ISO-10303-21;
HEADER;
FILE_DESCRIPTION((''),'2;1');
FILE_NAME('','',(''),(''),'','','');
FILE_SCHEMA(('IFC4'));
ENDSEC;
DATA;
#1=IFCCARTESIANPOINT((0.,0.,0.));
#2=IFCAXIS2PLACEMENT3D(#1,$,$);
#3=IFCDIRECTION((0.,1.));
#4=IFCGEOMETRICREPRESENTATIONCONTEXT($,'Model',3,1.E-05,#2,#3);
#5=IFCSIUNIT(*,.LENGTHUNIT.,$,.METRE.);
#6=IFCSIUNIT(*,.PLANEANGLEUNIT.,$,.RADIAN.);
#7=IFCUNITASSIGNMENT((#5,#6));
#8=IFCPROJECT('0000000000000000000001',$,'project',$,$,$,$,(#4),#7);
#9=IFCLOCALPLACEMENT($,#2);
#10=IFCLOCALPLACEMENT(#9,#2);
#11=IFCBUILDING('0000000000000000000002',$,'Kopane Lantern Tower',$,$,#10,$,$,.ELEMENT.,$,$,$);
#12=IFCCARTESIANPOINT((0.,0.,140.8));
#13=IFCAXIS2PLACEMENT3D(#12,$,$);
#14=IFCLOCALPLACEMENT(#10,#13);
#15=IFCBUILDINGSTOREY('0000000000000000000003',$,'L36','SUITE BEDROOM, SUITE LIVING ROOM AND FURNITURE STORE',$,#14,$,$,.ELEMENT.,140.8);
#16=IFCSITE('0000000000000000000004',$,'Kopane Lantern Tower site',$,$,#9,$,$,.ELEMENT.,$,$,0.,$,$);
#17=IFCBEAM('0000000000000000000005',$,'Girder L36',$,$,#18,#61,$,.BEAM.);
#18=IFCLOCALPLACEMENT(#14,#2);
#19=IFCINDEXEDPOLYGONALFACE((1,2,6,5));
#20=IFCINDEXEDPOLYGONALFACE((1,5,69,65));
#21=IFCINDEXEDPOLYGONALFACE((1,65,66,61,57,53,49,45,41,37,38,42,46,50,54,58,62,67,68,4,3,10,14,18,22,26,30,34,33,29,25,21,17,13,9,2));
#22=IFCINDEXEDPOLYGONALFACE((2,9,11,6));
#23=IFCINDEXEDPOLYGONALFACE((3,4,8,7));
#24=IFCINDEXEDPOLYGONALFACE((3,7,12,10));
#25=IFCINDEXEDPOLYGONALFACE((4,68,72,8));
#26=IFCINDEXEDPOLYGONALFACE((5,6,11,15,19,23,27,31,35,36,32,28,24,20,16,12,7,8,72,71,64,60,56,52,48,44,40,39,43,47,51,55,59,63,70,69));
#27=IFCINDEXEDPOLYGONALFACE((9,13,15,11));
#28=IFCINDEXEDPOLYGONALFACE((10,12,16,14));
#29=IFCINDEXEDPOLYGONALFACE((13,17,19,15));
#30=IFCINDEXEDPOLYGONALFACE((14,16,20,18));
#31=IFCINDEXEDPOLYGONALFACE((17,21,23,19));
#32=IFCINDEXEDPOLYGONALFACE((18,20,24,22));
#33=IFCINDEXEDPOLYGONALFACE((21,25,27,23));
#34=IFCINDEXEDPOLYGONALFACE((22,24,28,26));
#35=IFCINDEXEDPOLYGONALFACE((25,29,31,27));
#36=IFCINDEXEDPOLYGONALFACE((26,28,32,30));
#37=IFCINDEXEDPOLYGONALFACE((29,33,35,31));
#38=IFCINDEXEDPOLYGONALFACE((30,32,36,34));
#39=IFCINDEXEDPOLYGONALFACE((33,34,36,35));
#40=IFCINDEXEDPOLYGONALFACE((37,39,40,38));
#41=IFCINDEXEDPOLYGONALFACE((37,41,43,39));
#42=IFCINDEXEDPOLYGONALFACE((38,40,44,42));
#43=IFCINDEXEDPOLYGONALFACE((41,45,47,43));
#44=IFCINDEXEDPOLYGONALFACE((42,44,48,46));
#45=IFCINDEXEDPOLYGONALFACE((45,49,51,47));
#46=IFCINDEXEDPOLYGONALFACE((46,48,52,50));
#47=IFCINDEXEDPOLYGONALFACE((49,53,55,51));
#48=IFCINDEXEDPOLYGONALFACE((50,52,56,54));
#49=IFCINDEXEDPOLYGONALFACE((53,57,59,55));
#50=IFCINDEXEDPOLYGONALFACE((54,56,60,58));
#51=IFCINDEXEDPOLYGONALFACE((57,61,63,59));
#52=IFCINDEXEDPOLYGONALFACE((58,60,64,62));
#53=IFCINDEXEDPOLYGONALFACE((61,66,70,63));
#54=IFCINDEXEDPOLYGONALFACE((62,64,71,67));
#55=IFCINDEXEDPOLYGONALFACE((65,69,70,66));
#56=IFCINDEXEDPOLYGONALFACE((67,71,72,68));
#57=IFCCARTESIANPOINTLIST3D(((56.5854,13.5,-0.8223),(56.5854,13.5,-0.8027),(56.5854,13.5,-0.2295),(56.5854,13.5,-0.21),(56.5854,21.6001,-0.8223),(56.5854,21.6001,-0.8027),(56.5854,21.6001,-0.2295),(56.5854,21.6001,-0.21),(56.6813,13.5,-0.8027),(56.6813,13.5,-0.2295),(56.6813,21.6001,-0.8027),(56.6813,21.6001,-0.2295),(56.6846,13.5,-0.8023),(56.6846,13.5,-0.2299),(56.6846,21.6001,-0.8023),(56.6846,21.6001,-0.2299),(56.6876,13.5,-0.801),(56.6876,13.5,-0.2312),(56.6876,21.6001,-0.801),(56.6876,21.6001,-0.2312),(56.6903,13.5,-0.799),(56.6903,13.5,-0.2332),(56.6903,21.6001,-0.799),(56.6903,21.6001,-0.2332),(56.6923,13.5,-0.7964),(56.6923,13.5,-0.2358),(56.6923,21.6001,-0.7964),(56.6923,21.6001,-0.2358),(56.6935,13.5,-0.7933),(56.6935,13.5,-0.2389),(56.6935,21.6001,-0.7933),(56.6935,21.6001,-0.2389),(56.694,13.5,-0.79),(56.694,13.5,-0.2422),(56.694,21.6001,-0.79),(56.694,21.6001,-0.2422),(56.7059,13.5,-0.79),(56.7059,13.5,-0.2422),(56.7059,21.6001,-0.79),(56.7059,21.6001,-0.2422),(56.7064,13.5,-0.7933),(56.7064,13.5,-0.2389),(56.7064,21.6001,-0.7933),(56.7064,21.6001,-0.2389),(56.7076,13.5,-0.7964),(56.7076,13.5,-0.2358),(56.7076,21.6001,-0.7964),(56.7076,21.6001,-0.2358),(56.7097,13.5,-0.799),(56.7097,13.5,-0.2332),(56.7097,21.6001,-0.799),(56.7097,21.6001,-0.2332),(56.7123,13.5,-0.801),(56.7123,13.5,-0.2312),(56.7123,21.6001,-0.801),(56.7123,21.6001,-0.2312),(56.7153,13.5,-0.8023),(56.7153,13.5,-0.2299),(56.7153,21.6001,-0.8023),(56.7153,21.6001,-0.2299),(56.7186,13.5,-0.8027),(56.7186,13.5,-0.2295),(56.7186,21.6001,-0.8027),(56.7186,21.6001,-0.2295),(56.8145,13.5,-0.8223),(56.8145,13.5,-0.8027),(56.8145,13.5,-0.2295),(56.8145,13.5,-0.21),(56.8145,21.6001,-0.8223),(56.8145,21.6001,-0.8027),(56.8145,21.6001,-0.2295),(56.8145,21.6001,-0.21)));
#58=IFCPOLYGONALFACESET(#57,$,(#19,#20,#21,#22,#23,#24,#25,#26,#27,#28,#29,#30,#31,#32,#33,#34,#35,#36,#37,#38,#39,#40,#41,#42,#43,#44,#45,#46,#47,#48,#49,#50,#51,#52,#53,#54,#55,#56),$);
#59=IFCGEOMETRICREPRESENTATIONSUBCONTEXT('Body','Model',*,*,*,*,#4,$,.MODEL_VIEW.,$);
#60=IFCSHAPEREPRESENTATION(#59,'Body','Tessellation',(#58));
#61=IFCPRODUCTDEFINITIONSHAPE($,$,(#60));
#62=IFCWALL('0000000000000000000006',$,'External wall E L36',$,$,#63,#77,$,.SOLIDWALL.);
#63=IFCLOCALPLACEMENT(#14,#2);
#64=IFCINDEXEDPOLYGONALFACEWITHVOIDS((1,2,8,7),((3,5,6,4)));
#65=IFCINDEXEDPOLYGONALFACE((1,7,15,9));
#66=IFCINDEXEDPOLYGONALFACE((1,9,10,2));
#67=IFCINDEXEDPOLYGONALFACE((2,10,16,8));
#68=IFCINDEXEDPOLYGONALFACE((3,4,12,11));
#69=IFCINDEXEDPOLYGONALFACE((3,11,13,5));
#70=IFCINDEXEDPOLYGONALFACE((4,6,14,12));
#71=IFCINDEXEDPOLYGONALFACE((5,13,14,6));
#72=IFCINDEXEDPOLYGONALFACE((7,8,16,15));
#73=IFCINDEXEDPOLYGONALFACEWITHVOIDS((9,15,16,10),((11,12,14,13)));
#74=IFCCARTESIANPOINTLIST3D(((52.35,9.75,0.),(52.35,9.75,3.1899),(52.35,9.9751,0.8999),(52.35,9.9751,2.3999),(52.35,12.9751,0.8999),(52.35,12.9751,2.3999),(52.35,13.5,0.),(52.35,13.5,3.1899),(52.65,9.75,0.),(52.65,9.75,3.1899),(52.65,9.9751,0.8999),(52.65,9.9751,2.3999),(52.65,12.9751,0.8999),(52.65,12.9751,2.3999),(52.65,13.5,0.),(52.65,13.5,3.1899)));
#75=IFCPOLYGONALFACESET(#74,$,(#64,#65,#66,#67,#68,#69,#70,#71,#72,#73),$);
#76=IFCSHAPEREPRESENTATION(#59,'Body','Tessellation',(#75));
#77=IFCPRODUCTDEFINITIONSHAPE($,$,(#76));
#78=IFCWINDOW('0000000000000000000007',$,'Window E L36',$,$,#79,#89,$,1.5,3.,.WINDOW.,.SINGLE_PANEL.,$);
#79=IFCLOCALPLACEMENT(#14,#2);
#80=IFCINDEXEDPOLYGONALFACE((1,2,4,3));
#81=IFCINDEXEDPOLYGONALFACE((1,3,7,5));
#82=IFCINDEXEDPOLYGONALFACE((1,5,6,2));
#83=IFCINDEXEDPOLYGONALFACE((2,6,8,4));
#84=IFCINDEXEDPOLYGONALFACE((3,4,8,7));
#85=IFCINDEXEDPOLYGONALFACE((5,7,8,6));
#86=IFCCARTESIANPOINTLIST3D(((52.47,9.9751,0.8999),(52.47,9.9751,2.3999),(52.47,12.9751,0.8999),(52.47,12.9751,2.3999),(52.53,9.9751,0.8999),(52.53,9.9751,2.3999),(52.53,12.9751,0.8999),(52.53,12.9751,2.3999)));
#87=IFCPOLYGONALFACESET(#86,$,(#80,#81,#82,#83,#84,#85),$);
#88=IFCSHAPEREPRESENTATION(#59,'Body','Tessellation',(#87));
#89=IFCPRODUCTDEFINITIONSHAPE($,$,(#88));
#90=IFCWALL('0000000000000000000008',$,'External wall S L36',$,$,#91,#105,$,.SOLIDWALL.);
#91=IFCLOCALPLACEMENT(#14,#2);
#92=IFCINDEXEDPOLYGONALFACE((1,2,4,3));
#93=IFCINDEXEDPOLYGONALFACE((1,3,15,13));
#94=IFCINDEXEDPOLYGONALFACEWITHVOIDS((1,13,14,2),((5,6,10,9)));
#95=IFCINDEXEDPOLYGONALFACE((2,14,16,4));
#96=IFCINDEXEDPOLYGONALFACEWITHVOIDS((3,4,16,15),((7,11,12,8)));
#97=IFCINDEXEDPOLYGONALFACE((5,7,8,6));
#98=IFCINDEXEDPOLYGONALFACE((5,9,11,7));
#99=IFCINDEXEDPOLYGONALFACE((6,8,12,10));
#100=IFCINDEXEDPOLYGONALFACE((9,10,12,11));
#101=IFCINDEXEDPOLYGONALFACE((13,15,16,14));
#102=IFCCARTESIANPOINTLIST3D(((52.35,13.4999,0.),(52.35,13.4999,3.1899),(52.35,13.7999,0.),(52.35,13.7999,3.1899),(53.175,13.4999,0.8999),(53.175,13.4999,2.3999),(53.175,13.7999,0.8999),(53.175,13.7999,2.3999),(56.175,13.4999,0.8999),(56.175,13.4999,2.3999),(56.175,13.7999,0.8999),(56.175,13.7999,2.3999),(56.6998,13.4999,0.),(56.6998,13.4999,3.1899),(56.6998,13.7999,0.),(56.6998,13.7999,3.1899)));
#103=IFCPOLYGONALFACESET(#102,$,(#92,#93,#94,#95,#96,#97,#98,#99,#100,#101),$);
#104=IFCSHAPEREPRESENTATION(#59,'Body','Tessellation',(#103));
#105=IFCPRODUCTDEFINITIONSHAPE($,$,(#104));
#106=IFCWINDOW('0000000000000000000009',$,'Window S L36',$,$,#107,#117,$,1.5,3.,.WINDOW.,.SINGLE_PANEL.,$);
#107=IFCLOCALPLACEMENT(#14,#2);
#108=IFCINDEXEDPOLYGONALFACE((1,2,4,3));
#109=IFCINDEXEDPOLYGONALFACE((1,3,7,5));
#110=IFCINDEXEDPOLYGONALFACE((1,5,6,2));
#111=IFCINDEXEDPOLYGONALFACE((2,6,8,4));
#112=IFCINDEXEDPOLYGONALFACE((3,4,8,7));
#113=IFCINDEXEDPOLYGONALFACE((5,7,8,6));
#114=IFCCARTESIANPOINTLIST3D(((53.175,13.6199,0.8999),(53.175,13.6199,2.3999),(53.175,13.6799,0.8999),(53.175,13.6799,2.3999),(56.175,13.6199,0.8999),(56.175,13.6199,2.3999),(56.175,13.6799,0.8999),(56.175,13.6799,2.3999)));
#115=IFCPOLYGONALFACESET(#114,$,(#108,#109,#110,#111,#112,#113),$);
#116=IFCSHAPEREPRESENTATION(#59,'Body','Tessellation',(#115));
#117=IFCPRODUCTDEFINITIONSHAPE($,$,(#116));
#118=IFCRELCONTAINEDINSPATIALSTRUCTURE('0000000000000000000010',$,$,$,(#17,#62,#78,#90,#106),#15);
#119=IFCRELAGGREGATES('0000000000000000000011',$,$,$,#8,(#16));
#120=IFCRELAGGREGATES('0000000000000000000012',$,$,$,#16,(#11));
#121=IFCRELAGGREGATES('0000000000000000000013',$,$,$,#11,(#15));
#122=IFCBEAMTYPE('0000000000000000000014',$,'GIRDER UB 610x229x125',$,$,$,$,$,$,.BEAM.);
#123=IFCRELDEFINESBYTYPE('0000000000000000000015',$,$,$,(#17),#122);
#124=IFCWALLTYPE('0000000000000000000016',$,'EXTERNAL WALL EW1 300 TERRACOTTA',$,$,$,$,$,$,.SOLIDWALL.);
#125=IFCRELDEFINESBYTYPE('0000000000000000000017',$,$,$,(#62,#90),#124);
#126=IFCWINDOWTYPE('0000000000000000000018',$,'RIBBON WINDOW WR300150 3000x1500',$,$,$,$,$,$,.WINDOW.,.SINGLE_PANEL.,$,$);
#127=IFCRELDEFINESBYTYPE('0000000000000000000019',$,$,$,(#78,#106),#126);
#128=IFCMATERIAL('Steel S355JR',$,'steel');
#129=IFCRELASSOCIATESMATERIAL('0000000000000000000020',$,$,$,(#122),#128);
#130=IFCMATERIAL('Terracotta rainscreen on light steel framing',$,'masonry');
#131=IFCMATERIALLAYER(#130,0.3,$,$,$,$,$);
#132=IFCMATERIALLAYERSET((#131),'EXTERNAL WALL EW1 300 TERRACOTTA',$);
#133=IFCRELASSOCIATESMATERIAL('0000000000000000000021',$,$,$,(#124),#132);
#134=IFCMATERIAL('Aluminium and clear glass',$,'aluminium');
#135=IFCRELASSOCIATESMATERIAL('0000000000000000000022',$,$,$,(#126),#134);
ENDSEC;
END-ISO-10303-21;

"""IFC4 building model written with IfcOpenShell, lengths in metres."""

from ifc_helpers import new_model, si_unit, direction, frame, frame_2d, origin, origin_2d, place, context, subcontext, project, spatial, rectangle, i_section, extrude, material, layer, layer_set, material_profile, profile_set, type_object, element, fill, save


model = new_model("IFC4")

# Units and contexts
model_context = context("Model", 3, precision=1e-05, world=origin(), true_north=direction((0.0, 1.0)))
body_context = subcontext(model_context, "Body", "Model", "MODEL_VIEW")
ifc_project = project(units=[si_unit("LENGTHUNIT", "METRE"), si_unit("PLANEANGLEUNIT", "RADIAN")], contexts=[model_context])

# Site, building, storey
site_placement = place(None, origin())
site = spatial("IfcSite", under=ifc_project, at=site_placement, Name="Kopane Lantern Tower site", CompositionType="ELEMENT", RefElevation=0.0)
building_placement = place(site_placement, origin())
building = spatial("IfcBuilding", under=site, at=building_placement, Name="Kopane Lantern Tower", CompositionType="ELEMENT")
storey_placement = place(building_placement, frame((0.0, 0.0, 140.8)))
storey = spatial("IfcBuildingStorey", under=building, at=storey_placement, Name="L36", Description="SUITE BEDROOM, SUITE LIVING ROOM AND FURNITURE STORE", CompositionType="ELEMENT", Elevation=140.8)

# Beam
ifc_material_1 = material(Name="Steel S355JR", Category="steel")
ifc_material_profile_1 = material_profile(ifc_material_1, i_section(OverallWidth=0.229, OverallDepth=0.6123, WebThickness=0.012, FlangeThickness=0.0195, FilletRadius=0.0127, at=origin_2d()), Name="UB 610x229x125")
ifc_profile_set_1 = profile_set([ifc_material_profile_1], Name="Steel S355JR")
beam_type_1 = type_object("IfcBeamType", Name="GIRDER UB 610x229x125", PredefinedType="BEAM", material=ifc_profile_set_1)
beam_1_placement = place(storey_placement, frame((56.7, 13.5, -0.5161), z_axis=(0.0, 1.0, 0.0), x_axis=(-1.0, 0.0, 0.0)))
element("IfcBeam", 1, at=beam_1_placement, inside=storey, type_object=beam_type_1, Name="Girder L36", PredefinedType="BEAM", context=body_context, shape_type="SweptSolid", body=[
    extrude(i_section(OverallWidth=0.229, OverallDepth=0.6123, WebThickness=0.012, FlangeThickness=0.0195, FilletRadius=0.0127, at=origin_2d()), origin(), (0.0, 0.0, 1.0), 8.1001),
])

# Walls, openings, windows
ifc_material_2 = material(Name="Terracotta rainscreen on light steel framing", Category="masonry")
ifc_layer = layer(ifc_material_2, 0.3)
ifc_layer_set = layer_set([ifc_layer], Name="EXTERNAL WALL EW1 300 TERRACOTTA")
wall_type = type_object("IfcWallType", Name="EXTERNAL WALL EW1 300 TERRACOTTA", PredefinedType="SOLIDWALL", material=ifc_layer_set)
wall_1_placement = place(storey_placement, frame((52.5, 9.75, 0.0), z_axis=(0.0, 0.0, 1.0), x_axis=(0.0, 1.0, 0.0)))
wall_1 = element("IfcWall", 2, at=wall_1_placement, inside=storey, type_object=wall_type, Name="External wall E L36", PredefinedType="SOLIDWALL", context=body_context, shape_type="SweptSolid", body=[
    extrude(rectangle(XDim=3.75, YDim=0.3, at=frame_2d((1.875, 0.0))), origin(), (0.0, 0.0, 1.0), 3.1899),
])
opening_1_placement = place(wall_1_placement, frame((0.2251, 0.0, 0.8999)))
opening_1 = element("IfcOpeningElement", 3, at=opening_1_placement, cuts=wall_1, PredefinedType="OPENING", context=body_context, shape_type="SweptSolid", body=[
    extrude(rectangle(XDim=3.0, YDim=1.5, at=frame_2d((1.5, 0.75))), frame((0.0, 0.1599, 0.0), z_axis=(0.0, -1.0, 0.0), x_axis=(1.0, 0.0, 0.0)), (0.0, 0.0, 1.0), 0.3201),
])
ifc_material_3 = material(Name="Aluminium and clear glass", Category="aluminium")
window_type_1 = type_object("IfcWindowType", Name="RIBBON WINDOW WR300150 3000x1500", PartitioningType="SINGLE_PANEL", PredefinedType="WINDOW", material=ifc_material_3)
window_1_placement = place(opening_1_placement, origin())
window_1 = element("IfcWindow", 4, at=window_1_placement, inside=storey, type_object=window_type_1, Name="Window E L36", OverallHeight=1.5, OverallWidth=3.0, PartitioningType="SINGLE_PANEL", PredefinedType="WINDOW", context=body_context, shape_type="SweptSolid", body=[
    extrude(rectangle(XDim=3.0, YDim=1.5, at=frame_2d((1.5, 0.75))), frame((0.0, 0.03, 0.0), z_axis=(0.0, -1.0, 0.0), x_axis=(1.0, 0.0, 0.0)), (0.0, 0.0, 1.0), 0.0601),
])
fill(opening_1, window_1)
wall_2_placement = place(storey_placement, frame((52.3501, 13.6499, 0.0), z_axis=(0.0, 0.0, 1.0), x_axis=(1.0, 0.0, 0.0)))
wall_2 = element("IfcWall", 5, at=wall_2_placement, inside=storey, type_object=wall_type, Name="External wall S L36", PredefinedType="SOLIDWALL", context=body_context, shape_type="SweptSolid", body=[
    extrude(rectangle(XDim=4.3499, YDim=0.3, at=frame_2d((2.1748, 0.0))), origin(), (0.0, 0.0, 1.0), 3.1899),
])
opening_2_placement = place(wall_2_placement, frame((0.825, 0.0, 0.8999)))
opening_2 = element("IfcOpeningElement", 6, at=opening_2_placement, cuts=wall_2, PredefinedType="OPENING", context=body_context, shape_type="SweptSolid", body=[
    extrude(rectangle(XDim=3.0, YDim=1.5, at=frame_2d((1.5, 0.75))), frame((0.0, 0.1599, 0.0), z_axis=(0.0, -1.0, 0.0), x_axis=(1.0, 0.0, 0.0)), (0.0, 0.0, 1.0), 0.3201),
])
window_2_placement = place(opening_2_placement, origin())
window_2 = element("IfcWindow", 7, at=window_2_placement, inside=storey, type_object=window_type_1, Name="Window S L36", OverallHeight=1.5, OverallWidth=3.0, PartitioningType="SINGLE_PANEL", PredefinedType="WINDOW", context=body_context, shape_type="SweptSolid", body=[
    extrude(rectangle(XDim=3.0, YDim=1.5, at=frame_2d((1.5, 0.75))), frame((0.0, 0.03, 0.0), z_axis=(0.0, -1.0, 0.0), x_axis=(1.0, 0.0, 0.0)), (0.0, 0.0, 1.0), 0.0601),
])
fill(opening_2, window_2)

save(model, "model.ifc")
